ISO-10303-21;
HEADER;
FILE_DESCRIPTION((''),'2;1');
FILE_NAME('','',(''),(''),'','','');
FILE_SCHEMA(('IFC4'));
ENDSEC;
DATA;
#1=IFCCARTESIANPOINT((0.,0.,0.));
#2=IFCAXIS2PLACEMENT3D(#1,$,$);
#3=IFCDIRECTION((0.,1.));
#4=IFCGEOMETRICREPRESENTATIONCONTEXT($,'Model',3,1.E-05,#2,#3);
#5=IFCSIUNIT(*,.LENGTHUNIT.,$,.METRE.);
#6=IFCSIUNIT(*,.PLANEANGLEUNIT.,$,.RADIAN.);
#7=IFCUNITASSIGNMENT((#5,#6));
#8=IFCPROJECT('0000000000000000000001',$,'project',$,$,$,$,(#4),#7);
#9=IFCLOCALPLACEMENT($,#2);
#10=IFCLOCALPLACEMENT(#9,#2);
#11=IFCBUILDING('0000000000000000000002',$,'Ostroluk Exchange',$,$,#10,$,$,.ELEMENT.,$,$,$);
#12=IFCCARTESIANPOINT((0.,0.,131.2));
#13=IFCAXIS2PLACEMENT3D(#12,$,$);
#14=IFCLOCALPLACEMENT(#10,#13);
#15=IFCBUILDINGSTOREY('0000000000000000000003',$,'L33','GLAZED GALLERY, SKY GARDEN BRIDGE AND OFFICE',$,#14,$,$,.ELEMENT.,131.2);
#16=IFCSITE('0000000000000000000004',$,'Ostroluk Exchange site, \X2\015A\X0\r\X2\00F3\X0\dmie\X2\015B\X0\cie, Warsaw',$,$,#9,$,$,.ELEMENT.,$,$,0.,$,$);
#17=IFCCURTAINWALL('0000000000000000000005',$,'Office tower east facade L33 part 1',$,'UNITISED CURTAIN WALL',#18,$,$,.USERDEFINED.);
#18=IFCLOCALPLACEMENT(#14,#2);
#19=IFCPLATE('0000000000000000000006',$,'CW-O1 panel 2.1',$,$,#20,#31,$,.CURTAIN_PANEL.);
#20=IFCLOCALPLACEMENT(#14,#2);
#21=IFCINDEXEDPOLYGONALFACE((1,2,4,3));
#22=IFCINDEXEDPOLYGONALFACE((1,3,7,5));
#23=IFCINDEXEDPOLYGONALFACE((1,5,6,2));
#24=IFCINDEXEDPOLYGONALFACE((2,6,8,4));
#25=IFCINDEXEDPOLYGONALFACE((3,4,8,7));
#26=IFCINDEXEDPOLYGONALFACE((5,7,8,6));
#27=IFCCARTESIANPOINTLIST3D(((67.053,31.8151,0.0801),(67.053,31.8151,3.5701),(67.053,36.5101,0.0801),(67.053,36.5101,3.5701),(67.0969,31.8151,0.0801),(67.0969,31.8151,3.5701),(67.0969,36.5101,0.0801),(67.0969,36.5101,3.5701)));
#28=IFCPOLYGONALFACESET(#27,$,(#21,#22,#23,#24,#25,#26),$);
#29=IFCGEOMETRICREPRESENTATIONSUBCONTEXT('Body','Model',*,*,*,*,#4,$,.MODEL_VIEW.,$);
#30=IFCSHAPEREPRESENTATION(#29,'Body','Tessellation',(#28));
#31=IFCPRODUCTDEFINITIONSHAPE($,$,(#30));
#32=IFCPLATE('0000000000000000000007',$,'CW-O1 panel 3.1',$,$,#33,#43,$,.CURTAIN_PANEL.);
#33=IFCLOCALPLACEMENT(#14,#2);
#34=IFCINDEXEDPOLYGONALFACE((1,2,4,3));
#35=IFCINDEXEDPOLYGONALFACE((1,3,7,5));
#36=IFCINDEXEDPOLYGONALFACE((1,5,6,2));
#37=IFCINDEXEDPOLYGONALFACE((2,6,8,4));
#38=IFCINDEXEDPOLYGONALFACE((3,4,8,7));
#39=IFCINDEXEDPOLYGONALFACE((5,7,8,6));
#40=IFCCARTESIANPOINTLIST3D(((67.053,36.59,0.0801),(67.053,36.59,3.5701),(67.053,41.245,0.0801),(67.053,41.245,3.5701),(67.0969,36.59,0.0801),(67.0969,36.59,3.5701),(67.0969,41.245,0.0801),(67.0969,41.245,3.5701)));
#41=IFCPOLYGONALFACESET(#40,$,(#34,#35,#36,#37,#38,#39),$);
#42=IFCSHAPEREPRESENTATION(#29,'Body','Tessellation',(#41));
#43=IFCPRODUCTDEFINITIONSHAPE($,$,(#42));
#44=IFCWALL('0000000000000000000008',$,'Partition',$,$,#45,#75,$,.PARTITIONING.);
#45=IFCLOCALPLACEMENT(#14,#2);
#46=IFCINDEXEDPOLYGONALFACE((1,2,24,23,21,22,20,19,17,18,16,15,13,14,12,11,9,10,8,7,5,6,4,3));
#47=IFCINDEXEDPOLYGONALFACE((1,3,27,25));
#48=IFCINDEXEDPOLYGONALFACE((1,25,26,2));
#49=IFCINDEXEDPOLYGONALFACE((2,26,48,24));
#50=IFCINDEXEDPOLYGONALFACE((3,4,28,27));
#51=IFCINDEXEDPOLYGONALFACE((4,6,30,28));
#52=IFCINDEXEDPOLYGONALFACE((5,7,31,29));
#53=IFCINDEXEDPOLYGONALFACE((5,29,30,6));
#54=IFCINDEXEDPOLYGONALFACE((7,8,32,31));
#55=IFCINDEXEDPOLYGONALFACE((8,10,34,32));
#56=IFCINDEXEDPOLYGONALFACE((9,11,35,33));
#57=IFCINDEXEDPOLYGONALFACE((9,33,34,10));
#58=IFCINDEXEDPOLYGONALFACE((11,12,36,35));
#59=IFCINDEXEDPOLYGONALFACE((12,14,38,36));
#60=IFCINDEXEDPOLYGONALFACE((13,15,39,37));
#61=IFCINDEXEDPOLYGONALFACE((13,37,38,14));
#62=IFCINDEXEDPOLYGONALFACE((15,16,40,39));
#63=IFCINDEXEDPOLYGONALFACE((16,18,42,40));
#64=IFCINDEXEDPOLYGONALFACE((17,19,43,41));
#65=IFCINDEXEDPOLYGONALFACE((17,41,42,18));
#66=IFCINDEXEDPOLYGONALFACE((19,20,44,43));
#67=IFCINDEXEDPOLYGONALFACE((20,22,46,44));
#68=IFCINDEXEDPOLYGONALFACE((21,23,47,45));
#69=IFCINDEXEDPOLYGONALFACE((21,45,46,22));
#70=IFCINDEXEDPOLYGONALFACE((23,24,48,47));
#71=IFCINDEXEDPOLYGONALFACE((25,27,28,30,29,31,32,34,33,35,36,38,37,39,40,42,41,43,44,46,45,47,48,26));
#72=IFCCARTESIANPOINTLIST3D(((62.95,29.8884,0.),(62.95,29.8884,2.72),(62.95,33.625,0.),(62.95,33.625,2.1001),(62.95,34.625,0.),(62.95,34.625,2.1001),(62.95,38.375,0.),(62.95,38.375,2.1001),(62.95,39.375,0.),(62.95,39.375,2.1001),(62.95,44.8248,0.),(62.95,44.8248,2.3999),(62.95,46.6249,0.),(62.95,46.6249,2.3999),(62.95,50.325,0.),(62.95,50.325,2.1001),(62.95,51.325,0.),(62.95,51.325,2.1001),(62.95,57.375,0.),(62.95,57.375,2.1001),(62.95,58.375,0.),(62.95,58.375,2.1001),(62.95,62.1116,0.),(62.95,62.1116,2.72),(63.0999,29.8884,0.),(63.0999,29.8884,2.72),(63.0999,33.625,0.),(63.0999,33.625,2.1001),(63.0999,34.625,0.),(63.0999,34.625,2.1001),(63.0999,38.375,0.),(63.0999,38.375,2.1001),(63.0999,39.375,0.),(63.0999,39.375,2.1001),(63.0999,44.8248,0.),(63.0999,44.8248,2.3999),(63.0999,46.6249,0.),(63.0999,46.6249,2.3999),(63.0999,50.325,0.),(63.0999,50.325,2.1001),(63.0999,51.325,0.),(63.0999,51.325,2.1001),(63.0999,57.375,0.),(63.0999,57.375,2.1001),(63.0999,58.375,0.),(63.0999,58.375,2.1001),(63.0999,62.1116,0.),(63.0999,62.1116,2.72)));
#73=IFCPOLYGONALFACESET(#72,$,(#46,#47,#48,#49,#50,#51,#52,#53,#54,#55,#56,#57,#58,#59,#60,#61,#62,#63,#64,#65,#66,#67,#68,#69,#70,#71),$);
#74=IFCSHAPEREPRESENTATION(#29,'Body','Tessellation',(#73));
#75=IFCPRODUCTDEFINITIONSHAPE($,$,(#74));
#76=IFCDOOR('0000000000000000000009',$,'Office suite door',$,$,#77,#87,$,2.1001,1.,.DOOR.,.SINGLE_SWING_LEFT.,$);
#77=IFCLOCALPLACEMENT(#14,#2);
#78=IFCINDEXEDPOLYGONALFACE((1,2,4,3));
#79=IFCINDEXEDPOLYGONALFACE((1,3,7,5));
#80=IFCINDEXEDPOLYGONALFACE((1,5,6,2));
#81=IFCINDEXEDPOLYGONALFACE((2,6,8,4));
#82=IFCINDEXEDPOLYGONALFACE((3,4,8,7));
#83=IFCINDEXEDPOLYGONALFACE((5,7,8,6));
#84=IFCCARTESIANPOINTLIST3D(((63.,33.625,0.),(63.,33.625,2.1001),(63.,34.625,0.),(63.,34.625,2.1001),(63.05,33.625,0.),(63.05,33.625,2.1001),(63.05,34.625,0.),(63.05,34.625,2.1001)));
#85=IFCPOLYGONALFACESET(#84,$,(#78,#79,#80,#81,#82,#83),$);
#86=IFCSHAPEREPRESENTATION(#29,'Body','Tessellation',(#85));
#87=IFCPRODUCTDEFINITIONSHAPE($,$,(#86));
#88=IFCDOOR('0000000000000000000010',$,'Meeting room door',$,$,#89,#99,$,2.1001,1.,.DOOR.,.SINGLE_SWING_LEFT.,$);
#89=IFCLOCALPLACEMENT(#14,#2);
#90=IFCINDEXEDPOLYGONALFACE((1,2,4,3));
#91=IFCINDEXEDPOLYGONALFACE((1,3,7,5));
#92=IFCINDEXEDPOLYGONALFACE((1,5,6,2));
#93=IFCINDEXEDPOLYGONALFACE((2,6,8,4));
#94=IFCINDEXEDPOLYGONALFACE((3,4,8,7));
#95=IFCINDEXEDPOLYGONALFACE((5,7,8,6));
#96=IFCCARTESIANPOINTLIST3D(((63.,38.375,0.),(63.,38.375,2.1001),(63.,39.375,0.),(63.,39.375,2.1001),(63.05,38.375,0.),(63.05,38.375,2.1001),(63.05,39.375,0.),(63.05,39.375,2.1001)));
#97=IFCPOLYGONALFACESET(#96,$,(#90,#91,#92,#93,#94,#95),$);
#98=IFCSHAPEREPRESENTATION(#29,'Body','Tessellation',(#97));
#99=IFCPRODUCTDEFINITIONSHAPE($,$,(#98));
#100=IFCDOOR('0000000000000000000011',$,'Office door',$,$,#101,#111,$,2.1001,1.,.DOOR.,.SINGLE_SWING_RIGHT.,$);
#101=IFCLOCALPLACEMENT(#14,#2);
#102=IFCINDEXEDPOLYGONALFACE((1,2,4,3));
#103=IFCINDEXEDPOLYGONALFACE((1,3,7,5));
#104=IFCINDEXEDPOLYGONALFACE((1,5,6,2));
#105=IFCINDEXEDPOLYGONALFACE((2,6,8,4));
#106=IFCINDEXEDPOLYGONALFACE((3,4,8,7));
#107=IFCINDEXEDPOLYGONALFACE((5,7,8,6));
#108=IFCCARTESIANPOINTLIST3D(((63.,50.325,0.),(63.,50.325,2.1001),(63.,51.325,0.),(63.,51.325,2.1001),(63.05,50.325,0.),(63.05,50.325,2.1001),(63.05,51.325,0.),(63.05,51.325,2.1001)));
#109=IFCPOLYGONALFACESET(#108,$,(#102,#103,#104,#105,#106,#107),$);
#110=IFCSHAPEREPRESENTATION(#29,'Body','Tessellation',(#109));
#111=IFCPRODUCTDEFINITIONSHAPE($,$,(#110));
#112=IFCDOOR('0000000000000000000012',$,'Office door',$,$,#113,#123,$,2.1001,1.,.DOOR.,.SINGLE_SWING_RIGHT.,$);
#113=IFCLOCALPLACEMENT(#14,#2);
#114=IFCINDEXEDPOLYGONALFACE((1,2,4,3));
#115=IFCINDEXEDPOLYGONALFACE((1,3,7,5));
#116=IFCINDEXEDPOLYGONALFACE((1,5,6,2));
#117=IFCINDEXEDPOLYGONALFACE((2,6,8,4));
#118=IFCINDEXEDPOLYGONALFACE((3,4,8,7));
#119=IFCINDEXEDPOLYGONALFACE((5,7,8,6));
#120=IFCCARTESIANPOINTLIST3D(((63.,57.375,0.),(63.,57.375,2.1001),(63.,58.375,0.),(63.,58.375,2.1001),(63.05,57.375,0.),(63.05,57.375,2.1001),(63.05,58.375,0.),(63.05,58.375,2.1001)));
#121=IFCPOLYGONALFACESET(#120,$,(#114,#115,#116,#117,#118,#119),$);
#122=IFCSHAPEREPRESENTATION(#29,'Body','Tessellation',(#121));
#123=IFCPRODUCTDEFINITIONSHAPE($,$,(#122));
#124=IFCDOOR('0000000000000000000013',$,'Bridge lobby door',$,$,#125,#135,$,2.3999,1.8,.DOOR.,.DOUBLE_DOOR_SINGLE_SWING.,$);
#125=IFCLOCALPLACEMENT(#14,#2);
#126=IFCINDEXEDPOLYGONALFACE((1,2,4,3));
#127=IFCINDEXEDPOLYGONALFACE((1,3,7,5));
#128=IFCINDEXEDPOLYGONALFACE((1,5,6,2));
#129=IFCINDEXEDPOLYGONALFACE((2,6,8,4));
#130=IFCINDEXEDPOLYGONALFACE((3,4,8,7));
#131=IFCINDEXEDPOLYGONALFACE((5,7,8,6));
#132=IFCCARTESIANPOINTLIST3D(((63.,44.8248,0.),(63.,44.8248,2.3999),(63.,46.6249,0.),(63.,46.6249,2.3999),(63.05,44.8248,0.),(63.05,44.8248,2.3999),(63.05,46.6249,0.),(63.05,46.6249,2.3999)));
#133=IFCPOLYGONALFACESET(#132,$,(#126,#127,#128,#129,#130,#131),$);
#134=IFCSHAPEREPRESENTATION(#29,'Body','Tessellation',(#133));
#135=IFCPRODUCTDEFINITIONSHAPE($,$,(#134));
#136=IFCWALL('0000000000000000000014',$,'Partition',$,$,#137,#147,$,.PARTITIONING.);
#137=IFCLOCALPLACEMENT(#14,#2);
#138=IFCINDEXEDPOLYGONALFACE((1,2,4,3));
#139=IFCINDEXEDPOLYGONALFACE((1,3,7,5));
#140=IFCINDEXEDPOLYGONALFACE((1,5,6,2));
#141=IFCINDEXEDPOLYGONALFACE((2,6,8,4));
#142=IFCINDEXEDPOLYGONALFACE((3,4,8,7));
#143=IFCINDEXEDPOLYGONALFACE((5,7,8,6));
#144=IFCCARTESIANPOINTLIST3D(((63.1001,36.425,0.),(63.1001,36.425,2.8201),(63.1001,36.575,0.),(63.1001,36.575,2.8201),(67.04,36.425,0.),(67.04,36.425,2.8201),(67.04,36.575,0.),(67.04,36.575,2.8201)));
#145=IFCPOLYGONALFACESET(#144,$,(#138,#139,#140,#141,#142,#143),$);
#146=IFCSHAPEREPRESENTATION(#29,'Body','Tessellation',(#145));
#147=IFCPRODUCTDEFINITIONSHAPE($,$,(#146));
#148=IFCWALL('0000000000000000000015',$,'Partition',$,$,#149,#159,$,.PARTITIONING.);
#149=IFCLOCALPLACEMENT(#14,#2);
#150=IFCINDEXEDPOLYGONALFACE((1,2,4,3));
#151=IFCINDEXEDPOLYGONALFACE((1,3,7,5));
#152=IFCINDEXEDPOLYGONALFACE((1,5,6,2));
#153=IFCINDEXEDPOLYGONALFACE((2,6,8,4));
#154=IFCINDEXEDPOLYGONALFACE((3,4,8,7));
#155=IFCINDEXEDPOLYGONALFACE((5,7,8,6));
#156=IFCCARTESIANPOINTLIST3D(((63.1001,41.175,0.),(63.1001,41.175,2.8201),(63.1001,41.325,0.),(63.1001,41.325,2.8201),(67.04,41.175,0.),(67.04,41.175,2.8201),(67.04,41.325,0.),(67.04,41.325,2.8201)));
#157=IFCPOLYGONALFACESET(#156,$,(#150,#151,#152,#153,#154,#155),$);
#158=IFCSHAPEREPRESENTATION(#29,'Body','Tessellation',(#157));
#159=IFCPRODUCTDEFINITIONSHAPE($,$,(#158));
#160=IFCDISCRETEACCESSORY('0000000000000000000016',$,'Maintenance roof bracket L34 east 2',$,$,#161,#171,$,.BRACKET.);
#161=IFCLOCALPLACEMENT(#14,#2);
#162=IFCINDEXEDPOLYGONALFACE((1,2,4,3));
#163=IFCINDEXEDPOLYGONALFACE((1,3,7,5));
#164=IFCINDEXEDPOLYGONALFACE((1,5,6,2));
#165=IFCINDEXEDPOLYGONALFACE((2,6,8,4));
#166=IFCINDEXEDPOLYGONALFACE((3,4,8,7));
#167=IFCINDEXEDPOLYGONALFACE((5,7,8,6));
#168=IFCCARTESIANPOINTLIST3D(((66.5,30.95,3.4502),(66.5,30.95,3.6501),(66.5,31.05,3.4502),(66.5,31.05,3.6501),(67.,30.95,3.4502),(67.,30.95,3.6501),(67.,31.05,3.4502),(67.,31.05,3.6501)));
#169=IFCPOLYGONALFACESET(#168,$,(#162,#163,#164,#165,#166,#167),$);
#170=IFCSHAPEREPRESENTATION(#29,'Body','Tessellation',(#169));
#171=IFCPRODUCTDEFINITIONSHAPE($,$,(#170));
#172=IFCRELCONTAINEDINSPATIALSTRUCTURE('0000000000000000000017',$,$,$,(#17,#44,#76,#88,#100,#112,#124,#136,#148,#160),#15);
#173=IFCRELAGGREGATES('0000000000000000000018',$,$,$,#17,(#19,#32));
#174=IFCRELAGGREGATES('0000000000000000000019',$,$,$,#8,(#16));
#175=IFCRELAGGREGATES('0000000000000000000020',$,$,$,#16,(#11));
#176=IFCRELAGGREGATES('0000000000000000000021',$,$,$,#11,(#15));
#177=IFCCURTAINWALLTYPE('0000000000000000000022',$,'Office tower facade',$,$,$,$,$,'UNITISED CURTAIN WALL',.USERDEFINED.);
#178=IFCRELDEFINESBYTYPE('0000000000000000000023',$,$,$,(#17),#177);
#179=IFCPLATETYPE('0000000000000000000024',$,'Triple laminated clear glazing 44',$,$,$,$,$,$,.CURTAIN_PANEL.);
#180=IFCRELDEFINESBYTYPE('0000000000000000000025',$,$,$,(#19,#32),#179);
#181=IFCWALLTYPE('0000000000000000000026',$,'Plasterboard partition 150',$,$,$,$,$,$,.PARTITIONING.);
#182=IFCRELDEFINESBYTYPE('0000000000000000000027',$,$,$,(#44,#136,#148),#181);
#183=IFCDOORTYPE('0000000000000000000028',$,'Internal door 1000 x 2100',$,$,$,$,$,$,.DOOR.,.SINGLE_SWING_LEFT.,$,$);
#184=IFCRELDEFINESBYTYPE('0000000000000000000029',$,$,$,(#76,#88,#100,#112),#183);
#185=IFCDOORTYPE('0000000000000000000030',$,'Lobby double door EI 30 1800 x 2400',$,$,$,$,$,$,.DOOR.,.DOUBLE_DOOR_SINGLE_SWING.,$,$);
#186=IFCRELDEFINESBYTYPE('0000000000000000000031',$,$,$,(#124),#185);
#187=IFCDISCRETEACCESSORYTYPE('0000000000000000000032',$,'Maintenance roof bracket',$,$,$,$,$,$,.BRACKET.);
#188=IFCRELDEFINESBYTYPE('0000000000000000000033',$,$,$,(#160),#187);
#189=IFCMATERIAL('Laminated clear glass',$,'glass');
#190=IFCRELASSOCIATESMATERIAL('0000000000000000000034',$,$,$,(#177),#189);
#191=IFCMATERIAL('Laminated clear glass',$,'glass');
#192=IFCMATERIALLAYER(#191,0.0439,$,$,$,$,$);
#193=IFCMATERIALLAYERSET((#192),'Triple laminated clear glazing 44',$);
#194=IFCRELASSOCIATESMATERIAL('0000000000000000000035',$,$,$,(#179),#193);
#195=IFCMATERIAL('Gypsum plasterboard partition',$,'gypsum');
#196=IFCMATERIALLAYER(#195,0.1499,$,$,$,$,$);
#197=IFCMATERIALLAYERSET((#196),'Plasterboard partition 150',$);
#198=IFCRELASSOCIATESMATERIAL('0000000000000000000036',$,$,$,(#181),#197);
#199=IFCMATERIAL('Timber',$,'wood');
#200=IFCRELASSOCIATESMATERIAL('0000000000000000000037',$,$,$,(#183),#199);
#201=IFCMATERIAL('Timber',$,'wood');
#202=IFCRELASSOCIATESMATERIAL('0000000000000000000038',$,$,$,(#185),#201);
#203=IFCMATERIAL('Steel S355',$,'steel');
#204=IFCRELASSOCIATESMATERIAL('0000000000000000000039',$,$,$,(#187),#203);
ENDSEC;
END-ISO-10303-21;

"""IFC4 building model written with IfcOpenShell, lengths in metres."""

from ifc_helpers import new_model, si_unit, direction, frame, frame_2d, origin, origin_2d, place, context, subcontext, project, spatial, rectangle, extrude, material, layer, layer_set, type_object, element, fill, aggregate, save


model = new_model("IFC4")

# Units and contexts
model_context = context("Model", 3, precision=1e-05, world=origin(), true_north=direction((0.0, 1.0)))
body_context = subcontext(model_context, "Body", "Model", "MODEL_VIEW")
ifc_project = project(units=[si_unit("LENGTHUNIT", "METRE"), si_unit("PLANEANGLEUNIT", "RADIAN")], contexts=[model_context])

# Site, building, storey
site_placement = place(None, origin())
site = spatial("IfcSite", under=ifc_project, at=site_placement, Name="Ostroluk Exchange site, Śródmieście, Warsaw", CompositionType="ELEMENT", RefElevation=0.0)
building_placement = place(site_placement, origin())
building = spatial("IfcBuilding", under=site, at=building_placement, Name="Ostroluk Exchange", CompositionType="ELEMENT")
storey_placement = place(building_placement, frame((0.0, 0.0, 131.2)))
storey = spatial("IfcBuildingStorey", under=building, at=storey_placement, Name="L33", Description="GLAZED GALLERY, SKY GARDEN BRIDGE AND OFFICE", CompositionType="ELEMENT", Elevation=131.2)

# Curtain wall, plates
ifc_material_1 = material(Name="Laminated clear glass", Category="glass")
curtain_wall_type = type_object("IfcCurtainWallType", Name="Office tower facade", ElementType="UNITISED CURTAIN WALL", PredefinedType="USERDEFINED", material=ifc_material_1)
curtain_wall_placement = place(storey_placement, origin())
curtain_wall = element("IfcCurtainWall", 1, at=curtain_wall_placement, inside=storey, type_object=curtain_wall_type, Name="Office tower east facade L33 part 1", ObjectType="UNITISED CURTAIN WALL", PredefinedType="USERDEFINED")
ifc_material_2 = material(Name="Laminated clear glass", Category="glass")
ifc_layer_1 = layer(ifc_material_2, 0.0439)
ifc_layer_set_1 = layer_set([ifc_layer_1], Name="Triple laminated clear glazing 44")
plate_type = type_object("IfcPlateType", Name="Triple laminated clear glazing 44", PredefinedType="CURTAIN_PANEL", material=ifc_layer_set_1)
plate_1_placement = place(storey_placement, frame((67.075, 34.1626, 0.0801), z_axis=(0.0, 0.0, 1.0), x_axis=(0.0, 1.0, 0.0)))
plate_1 = element("IfcPlate", 2, at=plate_1_placement, type_object=plate_type, Name="CW-O1 panel 2.1", PredefinedType="CURTAIN_PANEL", context=body_context, shape_type="SweptSolid", body=[
    extrude(rectangle(XDim=4.6951, YDim=0.0439, at=origin_2d()), origin(), (0.0, 0.0, 1.0), 3.49),
])
plate_2_placement = place(storey_placement, frame((67.075, 38.9175, 0.0801), z_axis=(0.0, 0.0, 1.0), x_axis=(0.0, 1.0, 0.0)))
plate_2 = element("IfcPlate", 3, at=plate_2_placement, type_object=plate_type, Name="CW-O1 panel 3.1", PredefinedType="CURTAIN_PANEL", context=body_context, shape_type="SweptSolid", body=[
    extrude(rectangle(XDim=4.655, YDim=0.0439, at=origin_2d()), origin(), (0.0, 0.0, 1.0), 3.49),
])
aggregate(curtain_wall, [plate_1, plate_2])

# Wall, openings, doors
ifc_material_3 = material(Name="Gypsum plasterboard partition", Category="gypsum")
ifc_layer_2 = layer(ifc_material_3, 0.1499)
ifc_layer_set_2 = layer_set([ifc_layer_2], Name="Plasterboard partition 150")
wall_type_1 = type_object("IfcWallType", Name="Plasterboard partition 150", PredefinedType="PARTITIONING", material=ifc_layer_set_2)
wall_1_placement = place(storey_placement, frame((63.0249, 29.8884, 0.0), z_axis=(0.0, 0.0, 1.0), x_axis=(0.0, 1.0, 0.0)))
wall_1 = element("IfcWall", 4, at=wall_1_placement, inside=storey, type_object=wall_type_1, Name="Partition", PredefinedType="PARTITIONING", context=body_context, shape_type="SweptSolid", body=[
    extrude(rectangle(XDim=32.2231, YDim=0.1499, at=frame_2d((16.1116, 0.0))), origin(), (0.0, 0.0, 1.0), 2.72),
])
opening_1_placement = place(wall_1_placement, frame((3.7366, 0.0, 0.0)))
opening_1 = element("IfcOpeningElement", 5, at=opening_1_placement, cuts=wall_1, PredefinedType="OPENING", context=body_context, shape_type="SweptSolid", body=[
    extrude(rectangle(XDim=1.0, YDim=2.1001, at=frame_2d((0.5, 1.05))), frame((0.0, 0.085, 0.0), z_axis=(0.0, -1.0, 0.0), x_axis=(1.0, 0.0, 0.0)), (0.0, 0.0, 1.0), 0.1699),
])
opening_2_placement = place(wall_1_placement, frame((8.4866, 0.0, 0.0)))
opening_2 = element("IfcOpeningElement", 6, at=opening_2_placement, cuts=wall_1, PredefinedType="OPENING", context=body_context, shape_type="SweptSolid", body=[
    extrude(rectangle(XDim=1.0, YDim=2.1001, at=frame_2d((0.5, 1.05))), frame((0.0, 0.085, 0.0), z_axis=(0.0, -1.0, 0.0), x_axis=(1.0, 0.0, 0.0)), (0.0, 0.0, 1.0), 0.1699),
])
opening_3_placement = place(wall_1_placement, frame((14.9365, 0.0, 0.0)))
opening_3 = element("IfcOpeningElement", 7, at=opening_3_placement, cuts=wall_1, PredefinedType="OPENING", context=body_context, shape_type="SweptSolid", body=[
    extrude(rectangle(XDim=1.8, YDim=2.3999, at=frame_2d((0.8999, 1.2))), frame((0.0, 0.085, 0.0), z_axis=(0.0, -1.0, 0.0), x_axis=(1.0, 0.0, 0.0)), (0.0, 0.0, 1.0), 0.1699),
])
opening_4_placement = place(wall_1_placement, frame((20.4365, 0.0, 0.0)))
opening_4 = element("IfcOpeningElement", 8, at=opening_4_placement, cuts=wall_1, PredefinedType="OPENING", context=body_context, shape_type="SweptSolid", body=[
    extrude(rectangle(XDim=1.0, YDim=2.1001, at=frame_2d((0.5, 1.05))), frame((0.0, 0.085, 0.0), z_axis=(0.0, -1.0, 0.0), x_axis=(1.0, 0.0, 0.0)), (0.0, 0.0, 1.0), 0.1699),
])
opening_5_placement = place(wall_1_placement, frame((27.4866, 0.0, 0.0)))
opening_5 = element("IfcOpeningElement", 9, at=opening_5_placement, cuts=wall_1, PredefinedType="OPENING", context=body_context, shape_type="SweptSolid", body=[
    extrude(rectangle(XDim=1.0, YDim=2.1001, at=frame_2d((0.5, 1.05))), frame((0.0, 0.085, 0.0), z_axis=(0.0, -1.0, 0.0), x_axis=(1.0, 0.0, 0.0)), (0.0, 0.0, 1.0), 0.1699),
])
ifc_material_4 = material(Name="Timber", Category="wood")
door_type_1 = type_object("IfcDoorType", Name="Internal door 1000 x 2100", OperationType="SINGLE_SWING_LEFT", PredefinedType="DOOR", material=ifc_material_4)
door_1_placement = place(opening_1_placement, origin())
door_1 = element("IfcDoor", 10, at=door_1_placement, inside=storey, type_object=door_type_1, Name="Office suite door", OperationType="SINGLE_SWING_LEFT", OverallHeight=2.1001, OverallWidth=1.0, PredefinedType="DOOR", context=body_context, shape_type="SweptSolid", body=[
    extrude(rectangle(XDim=1.0, YDim=2.1001, at=frame_2d((0.5, 1.05))), frame((0.0, 0.0249, 0.0), z_axis=(0.0, -1.0, 0.0), x_axis=(1.0, 0.0, 0.0)), (0.0, 0.0, 1.0), 0.05),
])
fill(opening_1, door_1)
door_2_placement = place(opening_2_placement, origin())
door_2 = element("IfcDoor", 11, at=door_2_placement, inside=storey, type_object=door_type_1, Name="Meeting room door", OperationType="SINGLE_SWING_LEFT", OverallHeight=2.1001, OverallWidth=1.0, PredefinedType="DOOR", context=body_context, shape_type="SweptSolid", body=[
    extrude(rectangle(XDim=1.0, YDim=2.1001, at=frame_2d((0.5, 1.05))), frame((0.0, 0.0249, 0.0), z_axis=(0.0, -1.0, 0.0), x_axis=(1.0, 0.0, 0.0)), (0.0, 0.0, 1.0), 0.05),
])
fill(opening_2, door_2)
door_3_placement = place(opening_4_placement, origin())
door_3 = element("IfcDoor", 12, at=door_3_placement, inside=storey, type_object=door_type_1, Name="Office door", OperationType="SINGLE_SWING_RIGHT", OverallHeight=2.1001, OverallWidth=1.0, PredefinedType="DOOR", context=body_context, shape_type="SweptSolid", body=[
    extrude(rectangle(XDim=1.0, YDim=2.1001, at=frame_2d((0.5, 1.05))), frame((0.0, 0.0249, 0.0), z_axis=(0.0, -1.0, 0.0), x_axis=(1.0, 0.0, 0.0)), (0.0, 0.0, 1.0), 0.05),
])
fill(opening_4, door_3)
door_4_placement = place(opening_5_placement, origin())
door_4 = element("IfcDoor", 13, at=door_4_placement, inside=storey, type_object=door_type_1, Name="Office door", OperationType="SINGLE_SWING_RIGHT", OverallHeight=2.1001, OverallWidth=1.0, PredefinedType="DOOR", context=body_context, shape_type="SweptSolid", body=[
    extrude(rectangle(XDim=1.0, YDim=2.1001, at=frame_2d((0.5, 1.05))), frame((0.0, 0.0249, 0.0), z_axis=(0.0, -1.0, 0.0), x_axis=(1.0, 0.0, 0.0)), (0.0, 0.0, 1.0), 0.05),
])
fill(opening_5, door_4)
ifc_material_5 = material(Name="Timber", Category="wood")
door_type_2 = type_object("IfcDoorType", Name="Lobby double door EI 30 1800 x 2400", OperationType="DOUBLE_DOOR_SINGLE_SWING", PredefinedType="DOOR", material=ifc_material_5)
door_5_placement = place(opening_3_placement, origin())
door_5 = element("IfcDoor", 14, at=door_5_placement, inside=storey, type_object=door_type_2, Name="Bridge lobby door", OperationType="DOUBLE_DOOR_SINGLE_SWING", OverallHeight=2.3999, OverallWidth=1.8, PredefinedType="DOOR", context=body_context, shape_type="SweptSolid", body=[
    extrude(rectangle(XDim=1.8, YDim=2.3999, at=frame_2d((0.8999, 1.2))), frame((0.0, 0.0249, 0.0), z_axis=(0.0, -1.0, 0.0), x_axis=(1.0, 0.0, 0.0)), (0.0, 0.0, 1.0), 0.05),
])
fill(opening_3, door_5)

# Walls
for number, where, z_axis, x_axis, name in (
    (15, (63.1001, 36.5, 0.0), (0.0, 0.0, 1.0), (1.0, 0.0, 0.0), "Partition"),
    (16, (63.1001, 41.25, 0.0), (0.0, 0.0, 1.0), (1.0, 0.0, 0.0), "Partition"),
):
    element("IfcWall", number, at=place(storey_placement, frame(where, z_axis=z_axis, x_axis=x_axis)), inside=storey, type_object=wall_type_1, Name=name, PredefinedType="PARTITIONING", context=body_context, shape_type="SweptSolid", body=[
        extrude(rectangle(XDim=3.9399, YDim=0.1499, at=frame_2d((1.97, 0.0))), origin(), (0.0, 0.0, 1.0), 2.8201),
    ])

# Discrete accessory
ifc_material_6 = material(Name="Steel S355", Category="steel")
discrete_accessory_type = type_object("IfcDiscreteAccessoryType", Name="Maintenance roof bracket", PredefinedType="BRACKET", material=ifc_material_6)
for number, where, z_axis, x_axis, name in (
    (17, (66.75, 31.0, 3.4502), (0.0, 0.0, 1.0), (1.0, 0.0, 0.0), "Maintenance roof bracket L34 east 2"),
):
    element("IfcDiscreteAccessory", number, at=place(storey_placement, frame(where, z_axis=z_axis, x_axis=x_axis)), inside=storey, type_object=discrete_accessory_type, Name=name, PredefinedType="BRACKET", context=body_context, shape_type="SweptSolid", body=[
        extrude(rectangle(XDim=0.5, YDim=0.1001, at=origin_2d()), origin(), (0.0, 0.0, 1.0), 0.2),
    ])

save(model, "model.ifc")
